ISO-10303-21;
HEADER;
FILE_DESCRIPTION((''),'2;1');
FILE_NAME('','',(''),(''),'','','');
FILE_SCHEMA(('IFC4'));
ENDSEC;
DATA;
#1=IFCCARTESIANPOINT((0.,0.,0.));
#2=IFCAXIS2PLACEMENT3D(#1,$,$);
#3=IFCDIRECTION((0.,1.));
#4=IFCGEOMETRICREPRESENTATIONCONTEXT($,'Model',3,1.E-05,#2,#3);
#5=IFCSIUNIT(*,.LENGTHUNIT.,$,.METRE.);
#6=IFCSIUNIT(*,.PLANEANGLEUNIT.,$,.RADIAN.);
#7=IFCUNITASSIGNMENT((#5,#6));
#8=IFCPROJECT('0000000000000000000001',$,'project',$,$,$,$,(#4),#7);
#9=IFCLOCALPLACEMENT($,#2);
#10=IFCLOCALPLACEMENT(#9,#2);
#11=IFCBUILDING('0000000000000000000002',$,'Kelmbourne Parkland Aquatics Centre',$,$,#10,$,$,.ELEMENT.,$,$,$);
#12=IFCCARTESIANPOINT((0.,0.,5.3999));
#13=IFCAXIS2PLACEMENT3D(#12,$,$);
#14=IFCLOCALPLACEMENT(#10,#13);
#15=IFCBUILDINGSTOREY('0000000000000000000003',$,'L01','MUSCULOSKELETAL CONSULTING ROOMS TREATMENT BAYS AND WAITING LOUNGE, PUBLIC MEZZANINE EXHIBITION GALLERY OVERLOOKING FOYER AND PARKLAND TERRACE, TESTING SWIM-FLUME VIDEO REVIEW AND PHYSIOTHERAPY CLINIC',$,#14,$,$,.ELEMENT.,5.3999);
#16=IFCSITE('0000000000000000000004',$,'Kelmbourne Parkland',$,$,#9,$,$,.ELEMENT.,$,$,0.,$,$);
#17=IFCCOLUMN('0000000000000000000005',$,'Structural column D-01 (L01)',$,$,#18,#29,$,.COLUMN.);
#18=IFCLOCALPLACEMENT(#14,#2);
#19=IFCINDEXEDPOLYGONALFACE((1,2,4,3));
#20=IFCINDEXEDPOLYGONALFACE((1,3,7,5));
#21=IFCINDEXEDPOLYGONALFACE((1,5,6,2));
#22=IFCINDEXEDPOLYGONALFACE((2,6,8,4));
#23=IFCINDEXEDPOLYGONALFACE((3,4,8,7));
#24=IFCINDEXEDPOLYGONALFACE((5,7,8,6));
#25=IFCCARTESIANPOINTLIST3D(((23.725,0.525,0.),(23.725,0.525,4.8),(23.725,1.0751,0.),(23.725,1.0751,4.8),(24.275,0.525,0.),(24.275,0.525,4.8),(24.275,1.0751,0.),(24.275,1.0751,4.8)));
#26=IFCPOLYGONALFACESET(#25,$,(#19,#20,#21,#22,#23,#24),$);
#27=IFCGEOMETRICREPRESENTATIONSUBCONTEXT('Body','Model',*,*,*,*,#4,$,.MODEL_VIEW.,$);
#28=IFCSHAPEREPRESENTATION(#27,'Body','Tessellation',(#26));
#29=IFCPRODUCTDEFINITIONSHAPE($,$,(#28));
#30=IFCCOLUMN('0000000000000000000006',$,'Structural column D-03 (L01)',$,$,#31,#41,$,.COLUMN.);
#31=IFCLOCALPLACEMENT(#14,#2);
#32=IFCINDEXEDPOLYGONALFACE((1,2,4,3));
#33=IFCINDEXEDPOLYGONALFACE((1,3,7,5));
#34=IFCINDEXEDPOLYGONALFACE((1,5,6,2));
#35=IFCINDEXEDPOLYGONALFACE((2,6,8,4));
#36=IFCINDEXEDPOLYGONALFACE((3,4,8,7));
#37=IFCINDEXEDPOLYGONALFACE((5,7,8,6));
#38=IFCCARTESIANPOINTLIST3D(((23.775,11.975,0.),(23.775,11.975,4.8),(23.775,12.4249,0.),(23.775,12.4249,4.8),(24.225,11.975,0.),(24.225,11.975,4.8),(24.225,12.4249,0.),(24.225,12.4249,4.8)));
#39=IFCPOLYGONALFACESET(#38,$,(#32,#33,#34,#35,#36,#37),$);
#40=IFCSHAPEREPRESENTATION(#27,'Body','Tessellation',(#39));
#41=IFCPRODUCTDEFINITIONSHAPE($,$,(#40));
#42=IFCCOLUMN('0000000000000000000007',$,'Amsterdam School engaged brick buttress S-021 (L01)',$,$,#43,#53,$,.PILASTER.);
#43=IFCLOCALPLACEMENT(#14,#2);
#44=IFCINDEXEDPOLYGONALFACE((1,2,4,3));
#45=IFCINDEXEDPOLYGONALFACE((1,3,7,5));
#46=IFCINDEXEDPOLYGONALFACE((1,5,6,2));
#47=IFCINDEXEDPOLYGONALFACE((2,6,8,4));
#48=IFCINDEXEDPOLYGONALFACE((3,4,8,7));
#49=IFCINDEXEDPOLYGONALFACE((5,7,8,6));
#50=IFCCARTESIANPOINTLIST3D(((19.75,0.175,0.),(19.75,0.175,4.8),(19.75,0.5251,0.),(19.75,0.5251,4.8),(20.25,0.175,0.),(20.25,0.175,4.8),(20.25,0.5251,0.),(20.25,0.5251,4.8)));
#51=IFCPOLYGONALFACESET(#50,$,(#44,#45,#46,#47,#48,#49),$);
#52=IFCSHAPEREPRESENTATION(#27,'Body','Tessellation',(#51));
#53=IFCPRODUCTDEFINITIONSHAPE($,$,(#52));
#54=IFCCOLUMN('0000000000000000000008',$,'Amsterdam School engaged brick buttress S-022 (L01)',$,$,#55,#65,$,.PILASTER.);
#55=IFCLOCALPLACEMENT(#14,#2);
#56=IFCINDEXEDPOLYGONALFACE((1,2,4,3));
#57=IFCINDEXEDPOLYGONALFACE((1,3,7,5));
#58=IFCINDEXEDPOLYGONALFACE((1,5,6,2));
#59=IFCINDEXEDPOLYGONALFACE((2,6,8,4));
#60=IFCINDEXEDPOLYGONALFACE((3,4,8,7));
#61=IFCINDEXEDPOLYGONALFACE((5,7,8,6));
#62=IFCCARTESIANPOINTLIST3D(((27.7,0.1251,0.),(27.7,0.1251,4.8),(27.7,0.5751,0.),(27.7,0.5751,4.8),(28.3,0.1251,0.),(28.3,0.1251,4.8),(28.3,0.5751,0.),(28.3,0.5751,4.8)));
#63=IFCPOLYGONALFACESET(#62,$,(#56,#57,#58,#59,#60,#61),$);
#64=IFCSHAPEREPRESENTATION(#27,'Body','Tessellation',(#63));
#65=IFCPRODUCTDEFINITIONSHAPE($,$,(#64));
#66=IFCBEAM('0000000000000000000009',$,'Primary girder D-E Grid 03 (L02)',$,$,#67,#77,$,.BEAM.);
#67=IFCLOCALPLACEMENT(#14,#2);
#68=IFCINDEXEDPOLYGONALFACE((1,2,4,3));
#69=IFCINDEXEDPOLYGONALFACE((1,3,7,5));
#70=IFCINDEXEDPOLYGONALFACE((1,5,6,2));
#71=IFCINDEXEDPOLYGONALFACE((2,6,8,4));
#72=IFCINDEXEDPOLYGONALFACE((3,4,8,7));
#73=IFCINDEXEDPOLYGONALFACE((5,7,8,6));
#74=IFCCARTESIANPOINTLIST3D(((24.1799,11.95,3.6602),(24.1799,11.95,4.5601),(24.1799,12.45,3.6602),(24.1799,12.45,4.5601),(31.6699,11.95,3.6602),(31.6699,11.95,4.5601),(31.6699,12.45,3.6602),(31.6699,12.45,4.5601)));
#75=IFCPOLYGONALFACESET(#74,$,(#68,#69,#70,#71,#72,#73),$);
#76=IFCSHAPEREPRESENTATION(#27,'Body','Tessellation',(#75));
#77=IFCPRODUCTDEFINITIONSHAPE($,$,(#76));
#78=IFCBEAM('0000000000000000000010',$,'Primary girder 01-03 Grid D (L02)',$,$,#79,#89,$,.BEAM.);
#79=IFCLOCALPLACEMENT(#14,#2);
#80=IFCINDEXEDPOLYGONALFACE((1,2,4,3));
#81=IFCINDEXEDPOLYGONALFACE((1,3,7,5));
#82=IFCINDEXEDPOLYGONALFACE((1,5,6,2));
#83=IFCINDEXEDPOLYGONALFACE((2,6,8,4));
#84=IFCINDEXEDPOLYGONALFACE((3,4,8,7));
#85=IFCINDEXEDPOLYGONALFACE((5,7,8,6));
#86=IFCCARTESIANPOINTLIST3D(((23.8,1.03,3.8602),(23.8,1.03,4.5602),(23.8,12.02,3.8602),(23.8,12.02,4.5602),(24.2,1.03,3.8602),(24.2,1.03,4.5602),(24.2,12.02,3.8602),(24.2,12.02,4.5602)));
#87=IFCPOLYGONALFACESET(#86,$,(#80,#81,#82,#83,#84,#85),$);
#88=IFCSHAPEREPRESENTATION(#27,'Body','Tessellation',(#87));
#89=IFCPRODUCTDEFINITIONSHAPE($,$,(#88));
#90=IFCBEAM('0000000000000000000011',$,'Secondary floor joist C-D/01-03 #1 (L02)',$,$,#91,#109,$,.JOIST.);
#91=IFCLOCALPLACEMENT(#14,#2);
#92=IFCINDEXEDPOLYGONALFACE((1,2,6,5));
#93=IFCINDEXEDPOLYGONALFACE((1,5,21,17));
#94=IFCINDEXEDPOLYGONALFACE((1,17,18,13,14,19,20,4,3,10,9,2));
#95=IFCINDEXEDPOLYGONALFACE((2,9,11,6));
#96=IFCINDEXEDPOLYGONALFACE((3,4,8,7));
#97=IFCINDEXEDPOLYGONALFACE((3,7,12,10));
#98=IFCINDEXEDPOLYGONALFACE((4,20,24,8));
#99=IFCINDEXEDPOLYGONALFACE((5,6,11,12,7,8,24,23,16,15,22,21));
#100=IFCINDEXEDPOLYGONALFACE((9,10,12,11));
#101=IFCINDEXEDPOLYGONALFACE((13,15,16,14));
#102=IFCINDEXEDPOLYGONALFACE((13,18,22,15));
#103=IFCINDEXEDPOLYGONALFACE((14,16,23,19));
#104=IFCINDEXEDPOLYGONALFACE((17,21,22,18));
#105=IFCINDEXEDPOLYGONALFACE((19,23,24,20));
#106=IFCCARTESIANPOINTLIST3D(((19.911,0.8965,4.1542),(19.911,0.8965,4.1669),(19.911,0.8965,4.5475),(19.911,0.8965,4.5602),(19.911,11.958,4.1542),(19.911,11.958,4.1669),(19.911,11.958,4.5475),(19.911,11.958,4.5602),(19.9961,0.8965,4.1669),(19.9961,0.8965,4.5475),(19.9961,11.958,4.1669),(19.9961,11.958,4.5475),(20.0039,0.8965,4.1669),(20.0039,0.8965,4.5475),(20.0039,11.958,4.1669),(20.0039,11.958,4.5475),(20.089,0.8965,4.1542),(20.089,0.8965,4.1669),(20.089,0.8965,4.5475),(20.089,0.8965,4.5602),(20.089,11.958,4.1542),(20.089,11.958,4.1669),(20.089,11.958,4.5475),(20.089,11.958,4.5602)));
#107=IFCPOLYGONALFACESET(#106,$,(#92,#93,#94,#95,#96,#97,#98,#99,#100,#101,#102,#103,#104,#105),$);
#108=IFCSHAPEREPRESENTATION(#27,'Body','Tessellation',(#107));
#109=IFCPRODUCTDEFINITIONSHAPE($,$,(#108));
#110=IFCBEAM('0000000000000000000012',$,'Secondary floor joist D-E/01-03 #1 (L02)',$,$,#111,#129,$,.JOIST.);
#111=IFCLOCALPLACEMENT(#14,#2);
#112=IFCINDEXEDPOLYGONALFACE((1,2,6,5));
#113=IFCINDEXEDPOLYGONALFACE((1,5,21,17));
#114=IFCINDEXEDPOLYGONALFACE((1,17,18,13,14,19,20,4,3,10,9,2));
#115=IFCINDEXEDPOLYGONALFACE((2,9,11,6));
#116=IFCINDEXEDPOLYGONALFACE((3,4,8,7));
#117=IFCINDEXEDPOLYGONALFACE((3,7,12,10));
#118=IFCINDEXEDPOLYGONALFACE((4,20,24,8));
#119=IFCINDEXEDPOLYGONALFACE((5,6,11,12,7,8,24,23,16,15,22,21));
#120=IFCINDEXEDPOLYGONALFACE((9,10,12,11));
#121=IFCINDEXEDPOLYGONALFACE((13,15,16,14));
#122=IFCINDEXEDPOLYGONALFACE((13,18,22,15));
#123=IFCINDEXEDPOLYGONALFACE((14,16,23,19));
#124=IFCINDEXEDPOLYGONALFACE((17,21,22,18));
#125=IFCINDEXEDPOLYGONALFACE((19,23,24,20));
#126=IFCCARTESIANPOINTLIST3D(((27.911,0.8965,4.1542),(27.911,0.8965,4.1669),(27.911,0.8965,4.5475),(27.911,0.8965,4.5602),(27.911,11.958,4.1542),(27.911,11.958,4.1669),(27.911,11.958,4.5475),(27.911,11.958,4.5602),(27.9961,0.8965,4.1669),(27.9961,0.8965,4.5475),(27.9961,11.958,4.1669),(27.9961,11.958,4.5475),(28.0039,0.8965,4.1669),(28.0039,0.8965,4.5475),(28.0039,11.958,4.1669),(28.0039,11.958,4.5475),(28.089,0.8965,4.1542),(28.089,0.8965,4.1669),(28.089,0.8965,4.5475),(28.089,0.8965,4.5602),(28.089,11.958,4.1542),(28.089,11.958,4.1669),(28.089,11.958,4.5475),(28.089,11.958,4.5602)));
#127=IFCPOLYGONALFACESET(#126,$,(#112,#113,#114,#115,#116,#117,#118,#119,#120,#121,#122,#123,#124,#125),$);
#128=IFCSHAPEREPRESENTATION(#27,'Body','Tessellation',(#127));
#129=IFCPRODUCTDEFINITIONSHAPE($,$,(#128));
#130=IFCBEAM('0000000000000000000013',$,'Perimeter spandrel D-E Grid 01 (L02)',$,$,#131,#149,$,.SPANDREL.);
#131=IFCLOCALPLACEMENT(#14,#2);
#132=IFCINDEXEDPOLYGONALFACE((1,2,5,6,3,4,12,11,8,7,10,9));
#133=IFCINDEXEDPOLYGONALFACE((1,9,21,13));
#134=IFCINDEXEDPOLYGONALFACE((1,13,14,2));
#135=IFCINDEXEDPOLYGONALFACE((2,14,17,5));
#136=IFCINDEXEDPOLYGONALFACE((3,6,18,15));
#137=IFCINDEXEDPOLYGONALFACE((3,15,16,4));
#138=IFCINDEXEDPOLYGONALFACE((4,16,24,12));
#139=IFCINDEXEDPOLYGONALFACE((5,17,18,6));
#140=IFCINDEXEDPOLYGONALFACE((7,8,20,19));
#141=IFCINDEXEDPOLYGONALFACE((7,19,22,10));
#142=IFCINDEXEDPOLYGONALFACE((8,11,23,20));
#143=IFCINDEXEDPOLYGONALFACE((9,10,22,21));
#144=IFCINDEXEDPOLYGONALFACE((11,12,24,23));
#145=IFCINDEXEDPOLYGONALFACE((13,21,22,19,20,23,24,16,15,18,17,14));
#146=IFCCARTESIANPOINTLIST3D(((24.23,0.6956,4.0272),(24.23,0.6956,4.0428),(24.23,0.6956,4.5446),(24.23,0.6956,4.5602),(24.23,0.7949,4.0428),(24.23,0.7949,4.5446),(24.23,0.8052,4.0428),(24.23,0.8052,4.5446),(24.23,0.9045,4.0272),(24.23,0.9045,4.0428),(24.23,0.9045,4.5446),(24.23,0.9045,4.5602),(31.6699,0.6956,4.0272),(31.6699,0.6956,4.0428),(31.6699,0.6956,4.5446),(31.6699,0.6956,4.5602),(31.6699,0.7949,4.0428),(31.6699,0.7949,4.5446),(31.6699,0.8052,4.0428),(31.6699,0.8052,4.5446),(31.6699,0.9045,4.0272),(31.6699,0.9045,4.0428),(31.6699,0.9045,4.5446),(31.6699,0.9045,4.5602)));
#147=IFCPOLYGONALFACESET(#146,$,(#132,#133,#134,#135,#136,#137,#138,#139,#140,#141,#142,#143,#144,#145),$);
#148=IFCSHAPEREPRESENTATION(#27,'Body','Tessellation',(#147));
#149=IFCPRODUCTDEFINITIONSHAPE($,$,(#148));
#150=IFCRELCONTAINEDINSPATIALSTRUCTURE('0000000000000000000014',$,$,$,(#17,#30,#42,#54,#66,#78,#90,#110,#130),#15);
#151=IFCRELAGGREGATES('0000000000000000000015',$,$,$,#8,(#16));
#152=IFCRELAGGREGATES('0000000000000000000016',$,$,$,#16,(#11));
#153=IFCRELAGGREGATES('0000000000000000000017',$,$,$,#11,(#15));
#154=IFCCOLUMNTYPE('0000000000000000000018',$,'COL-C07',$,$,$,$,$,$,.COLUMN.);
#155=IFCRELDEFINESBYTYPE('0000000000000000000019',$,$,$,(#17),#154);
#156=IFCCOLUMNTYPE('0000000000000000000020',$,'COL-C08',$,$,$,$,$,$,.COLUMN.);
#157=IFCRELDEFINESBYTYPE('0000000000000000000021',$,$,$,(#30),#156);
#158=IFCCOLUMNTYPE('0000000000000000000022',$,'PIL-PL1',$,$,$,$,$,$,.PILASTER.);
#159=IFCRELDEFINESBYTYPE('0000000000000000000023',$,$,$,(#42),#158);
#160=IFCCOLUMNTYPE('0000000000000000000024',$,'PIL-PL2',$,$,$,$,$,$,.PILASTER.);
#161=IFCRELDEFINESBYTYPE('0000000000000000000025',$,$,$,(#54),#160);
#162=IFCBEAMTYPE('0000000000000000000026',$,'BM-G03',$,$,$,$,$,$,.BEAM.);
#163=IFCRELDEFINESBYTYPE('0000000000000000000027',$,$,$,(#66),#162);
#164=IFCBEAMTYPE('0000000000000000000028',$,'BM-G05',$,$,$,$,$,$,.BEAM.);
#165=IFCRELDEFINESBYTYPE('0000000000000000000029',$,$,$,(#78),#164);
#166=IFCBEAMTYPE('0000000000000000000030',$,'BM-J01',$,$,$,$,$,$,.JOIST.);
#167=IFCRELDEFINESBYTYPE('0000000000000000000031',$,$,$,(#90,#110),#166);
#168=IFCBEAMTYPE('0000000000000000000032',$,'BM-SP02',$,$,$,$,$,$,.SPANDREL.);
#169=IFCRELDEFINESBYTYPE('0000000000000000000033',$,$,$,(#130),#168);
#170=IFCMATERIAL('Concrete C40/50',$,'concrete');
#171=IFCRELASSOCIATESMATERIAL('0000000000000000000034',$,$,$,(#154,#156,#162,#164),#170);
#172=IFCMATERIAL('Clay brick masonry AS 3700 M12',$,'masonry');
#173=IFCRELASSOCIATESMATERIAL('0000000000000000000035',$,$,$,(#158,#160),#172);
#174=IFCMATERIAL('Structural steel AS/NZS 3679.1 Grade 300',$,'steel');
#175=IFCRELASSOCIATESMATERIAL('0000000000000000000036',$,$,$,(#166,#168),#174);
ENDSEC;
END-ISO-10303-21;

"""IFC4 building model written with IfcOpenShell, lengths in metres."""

from ifc_helpers import new_model, si_unit, direction, frame, origin, origin_2d, place, context, subcontext, project, spatial, rectangle, i_section, extrude, material, material_profile, profile_set, type_object, element, save


model = new_model("IFC4")

# Units and contexts
model_context = context("Model", 3, precision=1e-05, world=origin(), true_north=direction((0.0, 1.0)))
body_context = subcontext(model_context, "Body", "Model", "MODEL_VIEW")
ifc_project = project(units=[si_unit("LENGTHUNIT", "METRE"), si_unit("PLANEANGLEUNIT", "RADIAN")], contexts=[model_context])

# Site, building, storey
site_placement = place(None, origin())
site = spatial("IfcSite", under=ifc_project, at=site_placement, Name="Kelmbourne Parkland", CompositionType="ELEMENT", RefElevation=0.0)
building_placement = place(site_placement, origin())
building = spatial("IfcBuilding", under=site, at=building_placement, Name="Kelmbourne Parkland Aquatics Centre", CompositionType="ELEMENT")
storey_placement = place(building_placement, frame((0.0, 0.0, 5.3999)))
storey = spatial("IfcBuildingStorey", under=building, at=storey_placement, Name="L01", Description="MUSCULOSKELETAL CONSULTING ROOMS TREATMENT BAYS AND WAITING LOUNGE, PUBLIC MEZZANINE EXHIBITION GALLERY OVERLOOKING FOYER AND PARKLAND TERRACE, TESTING SWIM-FLUME VIDEO REVIEW AND PHYSIOTHERAPY CLINIC", CompositionType="ELEMENT", Elevation=5.3999)

# Columns
ifc_material_1 = material(Name="Concrete C40/50", Category="concrete")
ifc_material_profile_1 = material_profile(ifc_material_1, rectangle(XDim=0.55, YDim=0.55, at=origin_2d()), Name="RC 550x550")
ifc_profile_set_1 = profile_set([ifc_material_profile_1], Name="Concrete C40/50")
column_type_1 = type_object("IfcColumnType", Name="COL-C07", PredefinedType="COLUMN", material=ifc_profile_set_1)
column_1_placement = place(storey_placement, frame((24.0, 0.8, 0.0), z_axis=(0.0, 0.0, 1.0), x_axis=(1.0, 0.0, 0.0)))
element("IfcColumn", 1, at=column_1_placement, inside=storey, type_object=column_type_1, Name="Structural column D-01 (L01)", PredefinedType="COLUMN", context=body_context, shape_type="SweptSolid", body=[
    extrude(rectangle(XDim=0.55, YDim=0.55, at=origin_2d()), origin(), (0.0, 0.0, 1.0), 4.8),
])
ifc_material_profile_2 = material_profile(ifc_material_1, rectangle(XDim=0.45, YDim=0.45, at=origin_2d()), Name="RC 450x450")
ifc_profile_set_2 = profile_set([ifc_material_profile_2], Name="Concrete C40/50")
column_type_2 = type_object("IfcColumnType", Name="COL-C08", PredefinedType="COLUMN", material=ifc_profile_set_2)
column_2_placement = place(storey_placement, frame((24.0, 12.2, 0.0), z_axis=(0.0, 0.0, 1.0), x_axis=(1.0, 0.0, 0.0)))
element("IfcColumn", 2, at=column_2_placement, inside=storey, type_object=column_type_2, Name="Structural column D-03 (L01)", PredefinedType="COLUMN", context=body_context, shape_type="SweptSolid", body=[
    extrude(rectangle(XDim=0.45, YDim=0.45, at=origin_2d()), origin(), (0.0, 0.0, 1.0), 4.8),
])
ifc_material_2 = material(Name="Clay brick masonry AS 3700 M12", Category="masonry")
ifc_material_profile_3 = material_profile(ifc_material_2, rectangle(XDim=0.3501, YDim=0.5, at=origin_2d()), Name="PIL 350x500")
ifc_profile_set_3 = profile_set([ifc_material_profile_3], Name="Clay brick masonry AS 3700 M12")
column_type_3 = type_object("IfcColumnType", Name="PIL-PL1", PredefinedType="PILASTER", material=ifc_profile_set_3)
column_3_placement = place(storey_placement, frame((20.0, 0.3501, 0.0), z_axis=(0.0, 0.0, 1.0), x_axis=(0.0, 1.0, 0.0)))
element("IfcColumn", 3, at=column_3_placement, inside=storey, type_object=column_type_3, Name="Amsterdam School engaged brick buttress S-021 (L01)", PredefinedType="PILASTER", context=body_context, shape_type="SweptSolid", body=[
    extrude(rectangle(XDim=0.3501, YDim=0.5, at=origin_2d()), origin(), (0.0, 0.0, 1.0), 4.8),
])
ifc_material_profile_4 = material_profile(ifc_material_2, rectangle(XDim=0.45, YDim=0.6001, at=origin_2d()), Name="PIL 450x600")
ifc_profile_set_4 = profile_set([ifc_material_profile_4], Name="Clay brick masonry AS 3700 M12")
column_type_4 = type_object("IfcColumnType", Name="PIL-PL2", PredefinedType="PILASTER", material=ifc_profile_set_4)
column_4_placement = place(storey_placement, frame((28.0, 0.3501, 0.0), z_axis=(0.0, 0.0, 1.0), x_axis=(0.0, 1.0, 0.0)))
element("IfcColumn", 4, at=column_4_placement, inside=storey, type_object=column_type_4, Name="Amsterdam School engaged brick buttress S-022 (L01)", PredefinedType="PILASTER", context=body_context, shape_type="SweptSolid", body=[
    extrude(rectangle(XDim=0.45, YDim=0.6001, at=origin_2d()), origin(), (0.0, 0.0, 1.0), 4.8),
])

# Beams
ifc_material_profile_5 = material_profile(ifc_material_1, rectangle(XDim=0.5, YDim=0.8999, at=origin_2d()), Name="RC 500x900")
ifc_profile_set_5 = profile_set([ifc_material_profile_5], Name="Concrete C40/50")
beam_type_1 = type_object("IfcBeamType", Name="BM-G03", PredefinedType="BEAM", material=ifc_profile_set_5)
beam_1_placement = place(storey_placement, frame((24.1799, 12.2, 4.1101), z_axis=(1.0, 0.0, 0.0), x_axis=(0.0, 1.0, 0.0)))
element("IfcBeam", 5, at=beam_1_placement, inside=storey, type_object=beam_type_1, Name="Primary girder D-E Grid 03 (L02)", PredefinedType="BEAM", context=body_context, shape_type="SweptSolid", body=[
    extrude(rectangle(XDim=0.5, YDim=0.8999, at=origin_2d()), origin(), (0.0, 0.0, 1.0), 7.49),
])
ifc_material_profile_6 = material_profile(ifc_material_1, rectangle(XDim=0.3999, YDim=0.7, at=origin_2d()), Name="RC 400x700")
ifc_profile_set_6 = profile_set([ifc_material_profile_6], Name="Concrete C40/50")
beam_type_2 = type_object("IfcBeamType", Name="BM-G05", PredefinedType="BEAM", material=ifc_profile_set_6)
beam_2_placement = place(storey_placement, frame((24.0, 1.03, 4.2102), z_axis=(0.0, 1.0, 0.0), x_axis=(-1.0, 0.0, 0.0)))
element("IfcBeam", 6, at=beam_2_placement, inside=storey, type_object=beam_type_2, Name="Primary girder 01-03 Grid D (L02)", PredefinedType="BEAM", context=body_context, shape_type="SweptSolid", body=[
    extrude(rectangle(XDim=0.3999, YDim=0.7, at=origin_2d()), origin(), (0.0, 0.0, 1.0), 10.99),
])
ifc_material_3 = material(Name="Structural steel AS/NZS 3679.1 Grade 300", Category="steel")
ifc_material_profile_7 = material_profile(ifc_material_3, i_section(OverallWidth=0.178, OverallDepth=0.406, WebThickness=0.0078, FlangeThickness=0.0127, at=origin_2d()), Name="410UB59.7")
ifc_profile_set_7 = profile_set([ifc_material_profile_7], Name="Structural steel AS/NZS 3679.1 Grade 300")
beam_type_3 = type_object("IfcBeamType", Name="BM-J01", PredefinedType="JOIST", material=ifc_profile_set_7)
for number, where, z_axis, x_axis, name in (
    (7, (20.0, 0.8965, 4.3572), (0.0, 1.0, 0.0), (-1.0, 0.0, 0.0), "Secondary floor joist C-D/01-03 #1 (L02)"),
    (8, (28.0, 0.8965, 4.3572), (0.0, 1.0, 0.0), (-1.0, 0.0, 0.0), "Secondary floor joist D-E/01-03 #1 (L02)"),
):
    element("IfcBeam", number, at=place(storey_placement, frame(where, z_axis=z_axis, x_axis=x_axis)), inside=storey, type_object=beam_type_3, Name=name, PredefinedType="JOIST", context=body_context, shape_type="SweptSolid", body=[
        extrude(i_section(OverallWidth=0.178, OverallDepth=0.406, WebThickness=0.0078, FlangeThickness=0.0127, at=origin_2d()), origin(), (0.0, 0.0, 1.0), 11.0615),
    ])
ifc_material_profile_8 = material_profile(ifc_material_3, i_section(OverallWidth=0.209, OverallDepth=0.533, WebThickness=0.0103, FlangeThickness=0.0156, at=origin_2d()), Name="530UB92.4")
ifc_profile_set_8 = profile_set([ifc_material_profile_8], Name="Structural steel AS/NZS 3679.1 Grade 300")
beam_type_4 = type_object("IfcBeamType", Name="BM-SP02", PredefinedType="SPANDREL", material=ifc_profile_set_8)
beam_3_placement = place(storey_placement, frame((24.23, 0.8, 4.2937), z_axis=(1.0, 0.0, 0.0), x_axis=(0.0, 1.0, 0.0)))
element("IfcBeam", 9, at=beam_3_placement, inside=storey, type_object=beam_type_4, Name="Perimeter spandrel D-E Grid 01 (L02)", PredefinedType="SPANDREL", context=body_context, shape_type="SweptSolid", body=[
    extrude(i_section(OverallWidth=0.209, OverallDepth=0.533, WebThickness=0.0103, FlangeThickness=0.0156, at=origin_2d()), origin(), (0.0, 0.0, 1.0), 7.4399),
])

save(model, "model.ifc")
